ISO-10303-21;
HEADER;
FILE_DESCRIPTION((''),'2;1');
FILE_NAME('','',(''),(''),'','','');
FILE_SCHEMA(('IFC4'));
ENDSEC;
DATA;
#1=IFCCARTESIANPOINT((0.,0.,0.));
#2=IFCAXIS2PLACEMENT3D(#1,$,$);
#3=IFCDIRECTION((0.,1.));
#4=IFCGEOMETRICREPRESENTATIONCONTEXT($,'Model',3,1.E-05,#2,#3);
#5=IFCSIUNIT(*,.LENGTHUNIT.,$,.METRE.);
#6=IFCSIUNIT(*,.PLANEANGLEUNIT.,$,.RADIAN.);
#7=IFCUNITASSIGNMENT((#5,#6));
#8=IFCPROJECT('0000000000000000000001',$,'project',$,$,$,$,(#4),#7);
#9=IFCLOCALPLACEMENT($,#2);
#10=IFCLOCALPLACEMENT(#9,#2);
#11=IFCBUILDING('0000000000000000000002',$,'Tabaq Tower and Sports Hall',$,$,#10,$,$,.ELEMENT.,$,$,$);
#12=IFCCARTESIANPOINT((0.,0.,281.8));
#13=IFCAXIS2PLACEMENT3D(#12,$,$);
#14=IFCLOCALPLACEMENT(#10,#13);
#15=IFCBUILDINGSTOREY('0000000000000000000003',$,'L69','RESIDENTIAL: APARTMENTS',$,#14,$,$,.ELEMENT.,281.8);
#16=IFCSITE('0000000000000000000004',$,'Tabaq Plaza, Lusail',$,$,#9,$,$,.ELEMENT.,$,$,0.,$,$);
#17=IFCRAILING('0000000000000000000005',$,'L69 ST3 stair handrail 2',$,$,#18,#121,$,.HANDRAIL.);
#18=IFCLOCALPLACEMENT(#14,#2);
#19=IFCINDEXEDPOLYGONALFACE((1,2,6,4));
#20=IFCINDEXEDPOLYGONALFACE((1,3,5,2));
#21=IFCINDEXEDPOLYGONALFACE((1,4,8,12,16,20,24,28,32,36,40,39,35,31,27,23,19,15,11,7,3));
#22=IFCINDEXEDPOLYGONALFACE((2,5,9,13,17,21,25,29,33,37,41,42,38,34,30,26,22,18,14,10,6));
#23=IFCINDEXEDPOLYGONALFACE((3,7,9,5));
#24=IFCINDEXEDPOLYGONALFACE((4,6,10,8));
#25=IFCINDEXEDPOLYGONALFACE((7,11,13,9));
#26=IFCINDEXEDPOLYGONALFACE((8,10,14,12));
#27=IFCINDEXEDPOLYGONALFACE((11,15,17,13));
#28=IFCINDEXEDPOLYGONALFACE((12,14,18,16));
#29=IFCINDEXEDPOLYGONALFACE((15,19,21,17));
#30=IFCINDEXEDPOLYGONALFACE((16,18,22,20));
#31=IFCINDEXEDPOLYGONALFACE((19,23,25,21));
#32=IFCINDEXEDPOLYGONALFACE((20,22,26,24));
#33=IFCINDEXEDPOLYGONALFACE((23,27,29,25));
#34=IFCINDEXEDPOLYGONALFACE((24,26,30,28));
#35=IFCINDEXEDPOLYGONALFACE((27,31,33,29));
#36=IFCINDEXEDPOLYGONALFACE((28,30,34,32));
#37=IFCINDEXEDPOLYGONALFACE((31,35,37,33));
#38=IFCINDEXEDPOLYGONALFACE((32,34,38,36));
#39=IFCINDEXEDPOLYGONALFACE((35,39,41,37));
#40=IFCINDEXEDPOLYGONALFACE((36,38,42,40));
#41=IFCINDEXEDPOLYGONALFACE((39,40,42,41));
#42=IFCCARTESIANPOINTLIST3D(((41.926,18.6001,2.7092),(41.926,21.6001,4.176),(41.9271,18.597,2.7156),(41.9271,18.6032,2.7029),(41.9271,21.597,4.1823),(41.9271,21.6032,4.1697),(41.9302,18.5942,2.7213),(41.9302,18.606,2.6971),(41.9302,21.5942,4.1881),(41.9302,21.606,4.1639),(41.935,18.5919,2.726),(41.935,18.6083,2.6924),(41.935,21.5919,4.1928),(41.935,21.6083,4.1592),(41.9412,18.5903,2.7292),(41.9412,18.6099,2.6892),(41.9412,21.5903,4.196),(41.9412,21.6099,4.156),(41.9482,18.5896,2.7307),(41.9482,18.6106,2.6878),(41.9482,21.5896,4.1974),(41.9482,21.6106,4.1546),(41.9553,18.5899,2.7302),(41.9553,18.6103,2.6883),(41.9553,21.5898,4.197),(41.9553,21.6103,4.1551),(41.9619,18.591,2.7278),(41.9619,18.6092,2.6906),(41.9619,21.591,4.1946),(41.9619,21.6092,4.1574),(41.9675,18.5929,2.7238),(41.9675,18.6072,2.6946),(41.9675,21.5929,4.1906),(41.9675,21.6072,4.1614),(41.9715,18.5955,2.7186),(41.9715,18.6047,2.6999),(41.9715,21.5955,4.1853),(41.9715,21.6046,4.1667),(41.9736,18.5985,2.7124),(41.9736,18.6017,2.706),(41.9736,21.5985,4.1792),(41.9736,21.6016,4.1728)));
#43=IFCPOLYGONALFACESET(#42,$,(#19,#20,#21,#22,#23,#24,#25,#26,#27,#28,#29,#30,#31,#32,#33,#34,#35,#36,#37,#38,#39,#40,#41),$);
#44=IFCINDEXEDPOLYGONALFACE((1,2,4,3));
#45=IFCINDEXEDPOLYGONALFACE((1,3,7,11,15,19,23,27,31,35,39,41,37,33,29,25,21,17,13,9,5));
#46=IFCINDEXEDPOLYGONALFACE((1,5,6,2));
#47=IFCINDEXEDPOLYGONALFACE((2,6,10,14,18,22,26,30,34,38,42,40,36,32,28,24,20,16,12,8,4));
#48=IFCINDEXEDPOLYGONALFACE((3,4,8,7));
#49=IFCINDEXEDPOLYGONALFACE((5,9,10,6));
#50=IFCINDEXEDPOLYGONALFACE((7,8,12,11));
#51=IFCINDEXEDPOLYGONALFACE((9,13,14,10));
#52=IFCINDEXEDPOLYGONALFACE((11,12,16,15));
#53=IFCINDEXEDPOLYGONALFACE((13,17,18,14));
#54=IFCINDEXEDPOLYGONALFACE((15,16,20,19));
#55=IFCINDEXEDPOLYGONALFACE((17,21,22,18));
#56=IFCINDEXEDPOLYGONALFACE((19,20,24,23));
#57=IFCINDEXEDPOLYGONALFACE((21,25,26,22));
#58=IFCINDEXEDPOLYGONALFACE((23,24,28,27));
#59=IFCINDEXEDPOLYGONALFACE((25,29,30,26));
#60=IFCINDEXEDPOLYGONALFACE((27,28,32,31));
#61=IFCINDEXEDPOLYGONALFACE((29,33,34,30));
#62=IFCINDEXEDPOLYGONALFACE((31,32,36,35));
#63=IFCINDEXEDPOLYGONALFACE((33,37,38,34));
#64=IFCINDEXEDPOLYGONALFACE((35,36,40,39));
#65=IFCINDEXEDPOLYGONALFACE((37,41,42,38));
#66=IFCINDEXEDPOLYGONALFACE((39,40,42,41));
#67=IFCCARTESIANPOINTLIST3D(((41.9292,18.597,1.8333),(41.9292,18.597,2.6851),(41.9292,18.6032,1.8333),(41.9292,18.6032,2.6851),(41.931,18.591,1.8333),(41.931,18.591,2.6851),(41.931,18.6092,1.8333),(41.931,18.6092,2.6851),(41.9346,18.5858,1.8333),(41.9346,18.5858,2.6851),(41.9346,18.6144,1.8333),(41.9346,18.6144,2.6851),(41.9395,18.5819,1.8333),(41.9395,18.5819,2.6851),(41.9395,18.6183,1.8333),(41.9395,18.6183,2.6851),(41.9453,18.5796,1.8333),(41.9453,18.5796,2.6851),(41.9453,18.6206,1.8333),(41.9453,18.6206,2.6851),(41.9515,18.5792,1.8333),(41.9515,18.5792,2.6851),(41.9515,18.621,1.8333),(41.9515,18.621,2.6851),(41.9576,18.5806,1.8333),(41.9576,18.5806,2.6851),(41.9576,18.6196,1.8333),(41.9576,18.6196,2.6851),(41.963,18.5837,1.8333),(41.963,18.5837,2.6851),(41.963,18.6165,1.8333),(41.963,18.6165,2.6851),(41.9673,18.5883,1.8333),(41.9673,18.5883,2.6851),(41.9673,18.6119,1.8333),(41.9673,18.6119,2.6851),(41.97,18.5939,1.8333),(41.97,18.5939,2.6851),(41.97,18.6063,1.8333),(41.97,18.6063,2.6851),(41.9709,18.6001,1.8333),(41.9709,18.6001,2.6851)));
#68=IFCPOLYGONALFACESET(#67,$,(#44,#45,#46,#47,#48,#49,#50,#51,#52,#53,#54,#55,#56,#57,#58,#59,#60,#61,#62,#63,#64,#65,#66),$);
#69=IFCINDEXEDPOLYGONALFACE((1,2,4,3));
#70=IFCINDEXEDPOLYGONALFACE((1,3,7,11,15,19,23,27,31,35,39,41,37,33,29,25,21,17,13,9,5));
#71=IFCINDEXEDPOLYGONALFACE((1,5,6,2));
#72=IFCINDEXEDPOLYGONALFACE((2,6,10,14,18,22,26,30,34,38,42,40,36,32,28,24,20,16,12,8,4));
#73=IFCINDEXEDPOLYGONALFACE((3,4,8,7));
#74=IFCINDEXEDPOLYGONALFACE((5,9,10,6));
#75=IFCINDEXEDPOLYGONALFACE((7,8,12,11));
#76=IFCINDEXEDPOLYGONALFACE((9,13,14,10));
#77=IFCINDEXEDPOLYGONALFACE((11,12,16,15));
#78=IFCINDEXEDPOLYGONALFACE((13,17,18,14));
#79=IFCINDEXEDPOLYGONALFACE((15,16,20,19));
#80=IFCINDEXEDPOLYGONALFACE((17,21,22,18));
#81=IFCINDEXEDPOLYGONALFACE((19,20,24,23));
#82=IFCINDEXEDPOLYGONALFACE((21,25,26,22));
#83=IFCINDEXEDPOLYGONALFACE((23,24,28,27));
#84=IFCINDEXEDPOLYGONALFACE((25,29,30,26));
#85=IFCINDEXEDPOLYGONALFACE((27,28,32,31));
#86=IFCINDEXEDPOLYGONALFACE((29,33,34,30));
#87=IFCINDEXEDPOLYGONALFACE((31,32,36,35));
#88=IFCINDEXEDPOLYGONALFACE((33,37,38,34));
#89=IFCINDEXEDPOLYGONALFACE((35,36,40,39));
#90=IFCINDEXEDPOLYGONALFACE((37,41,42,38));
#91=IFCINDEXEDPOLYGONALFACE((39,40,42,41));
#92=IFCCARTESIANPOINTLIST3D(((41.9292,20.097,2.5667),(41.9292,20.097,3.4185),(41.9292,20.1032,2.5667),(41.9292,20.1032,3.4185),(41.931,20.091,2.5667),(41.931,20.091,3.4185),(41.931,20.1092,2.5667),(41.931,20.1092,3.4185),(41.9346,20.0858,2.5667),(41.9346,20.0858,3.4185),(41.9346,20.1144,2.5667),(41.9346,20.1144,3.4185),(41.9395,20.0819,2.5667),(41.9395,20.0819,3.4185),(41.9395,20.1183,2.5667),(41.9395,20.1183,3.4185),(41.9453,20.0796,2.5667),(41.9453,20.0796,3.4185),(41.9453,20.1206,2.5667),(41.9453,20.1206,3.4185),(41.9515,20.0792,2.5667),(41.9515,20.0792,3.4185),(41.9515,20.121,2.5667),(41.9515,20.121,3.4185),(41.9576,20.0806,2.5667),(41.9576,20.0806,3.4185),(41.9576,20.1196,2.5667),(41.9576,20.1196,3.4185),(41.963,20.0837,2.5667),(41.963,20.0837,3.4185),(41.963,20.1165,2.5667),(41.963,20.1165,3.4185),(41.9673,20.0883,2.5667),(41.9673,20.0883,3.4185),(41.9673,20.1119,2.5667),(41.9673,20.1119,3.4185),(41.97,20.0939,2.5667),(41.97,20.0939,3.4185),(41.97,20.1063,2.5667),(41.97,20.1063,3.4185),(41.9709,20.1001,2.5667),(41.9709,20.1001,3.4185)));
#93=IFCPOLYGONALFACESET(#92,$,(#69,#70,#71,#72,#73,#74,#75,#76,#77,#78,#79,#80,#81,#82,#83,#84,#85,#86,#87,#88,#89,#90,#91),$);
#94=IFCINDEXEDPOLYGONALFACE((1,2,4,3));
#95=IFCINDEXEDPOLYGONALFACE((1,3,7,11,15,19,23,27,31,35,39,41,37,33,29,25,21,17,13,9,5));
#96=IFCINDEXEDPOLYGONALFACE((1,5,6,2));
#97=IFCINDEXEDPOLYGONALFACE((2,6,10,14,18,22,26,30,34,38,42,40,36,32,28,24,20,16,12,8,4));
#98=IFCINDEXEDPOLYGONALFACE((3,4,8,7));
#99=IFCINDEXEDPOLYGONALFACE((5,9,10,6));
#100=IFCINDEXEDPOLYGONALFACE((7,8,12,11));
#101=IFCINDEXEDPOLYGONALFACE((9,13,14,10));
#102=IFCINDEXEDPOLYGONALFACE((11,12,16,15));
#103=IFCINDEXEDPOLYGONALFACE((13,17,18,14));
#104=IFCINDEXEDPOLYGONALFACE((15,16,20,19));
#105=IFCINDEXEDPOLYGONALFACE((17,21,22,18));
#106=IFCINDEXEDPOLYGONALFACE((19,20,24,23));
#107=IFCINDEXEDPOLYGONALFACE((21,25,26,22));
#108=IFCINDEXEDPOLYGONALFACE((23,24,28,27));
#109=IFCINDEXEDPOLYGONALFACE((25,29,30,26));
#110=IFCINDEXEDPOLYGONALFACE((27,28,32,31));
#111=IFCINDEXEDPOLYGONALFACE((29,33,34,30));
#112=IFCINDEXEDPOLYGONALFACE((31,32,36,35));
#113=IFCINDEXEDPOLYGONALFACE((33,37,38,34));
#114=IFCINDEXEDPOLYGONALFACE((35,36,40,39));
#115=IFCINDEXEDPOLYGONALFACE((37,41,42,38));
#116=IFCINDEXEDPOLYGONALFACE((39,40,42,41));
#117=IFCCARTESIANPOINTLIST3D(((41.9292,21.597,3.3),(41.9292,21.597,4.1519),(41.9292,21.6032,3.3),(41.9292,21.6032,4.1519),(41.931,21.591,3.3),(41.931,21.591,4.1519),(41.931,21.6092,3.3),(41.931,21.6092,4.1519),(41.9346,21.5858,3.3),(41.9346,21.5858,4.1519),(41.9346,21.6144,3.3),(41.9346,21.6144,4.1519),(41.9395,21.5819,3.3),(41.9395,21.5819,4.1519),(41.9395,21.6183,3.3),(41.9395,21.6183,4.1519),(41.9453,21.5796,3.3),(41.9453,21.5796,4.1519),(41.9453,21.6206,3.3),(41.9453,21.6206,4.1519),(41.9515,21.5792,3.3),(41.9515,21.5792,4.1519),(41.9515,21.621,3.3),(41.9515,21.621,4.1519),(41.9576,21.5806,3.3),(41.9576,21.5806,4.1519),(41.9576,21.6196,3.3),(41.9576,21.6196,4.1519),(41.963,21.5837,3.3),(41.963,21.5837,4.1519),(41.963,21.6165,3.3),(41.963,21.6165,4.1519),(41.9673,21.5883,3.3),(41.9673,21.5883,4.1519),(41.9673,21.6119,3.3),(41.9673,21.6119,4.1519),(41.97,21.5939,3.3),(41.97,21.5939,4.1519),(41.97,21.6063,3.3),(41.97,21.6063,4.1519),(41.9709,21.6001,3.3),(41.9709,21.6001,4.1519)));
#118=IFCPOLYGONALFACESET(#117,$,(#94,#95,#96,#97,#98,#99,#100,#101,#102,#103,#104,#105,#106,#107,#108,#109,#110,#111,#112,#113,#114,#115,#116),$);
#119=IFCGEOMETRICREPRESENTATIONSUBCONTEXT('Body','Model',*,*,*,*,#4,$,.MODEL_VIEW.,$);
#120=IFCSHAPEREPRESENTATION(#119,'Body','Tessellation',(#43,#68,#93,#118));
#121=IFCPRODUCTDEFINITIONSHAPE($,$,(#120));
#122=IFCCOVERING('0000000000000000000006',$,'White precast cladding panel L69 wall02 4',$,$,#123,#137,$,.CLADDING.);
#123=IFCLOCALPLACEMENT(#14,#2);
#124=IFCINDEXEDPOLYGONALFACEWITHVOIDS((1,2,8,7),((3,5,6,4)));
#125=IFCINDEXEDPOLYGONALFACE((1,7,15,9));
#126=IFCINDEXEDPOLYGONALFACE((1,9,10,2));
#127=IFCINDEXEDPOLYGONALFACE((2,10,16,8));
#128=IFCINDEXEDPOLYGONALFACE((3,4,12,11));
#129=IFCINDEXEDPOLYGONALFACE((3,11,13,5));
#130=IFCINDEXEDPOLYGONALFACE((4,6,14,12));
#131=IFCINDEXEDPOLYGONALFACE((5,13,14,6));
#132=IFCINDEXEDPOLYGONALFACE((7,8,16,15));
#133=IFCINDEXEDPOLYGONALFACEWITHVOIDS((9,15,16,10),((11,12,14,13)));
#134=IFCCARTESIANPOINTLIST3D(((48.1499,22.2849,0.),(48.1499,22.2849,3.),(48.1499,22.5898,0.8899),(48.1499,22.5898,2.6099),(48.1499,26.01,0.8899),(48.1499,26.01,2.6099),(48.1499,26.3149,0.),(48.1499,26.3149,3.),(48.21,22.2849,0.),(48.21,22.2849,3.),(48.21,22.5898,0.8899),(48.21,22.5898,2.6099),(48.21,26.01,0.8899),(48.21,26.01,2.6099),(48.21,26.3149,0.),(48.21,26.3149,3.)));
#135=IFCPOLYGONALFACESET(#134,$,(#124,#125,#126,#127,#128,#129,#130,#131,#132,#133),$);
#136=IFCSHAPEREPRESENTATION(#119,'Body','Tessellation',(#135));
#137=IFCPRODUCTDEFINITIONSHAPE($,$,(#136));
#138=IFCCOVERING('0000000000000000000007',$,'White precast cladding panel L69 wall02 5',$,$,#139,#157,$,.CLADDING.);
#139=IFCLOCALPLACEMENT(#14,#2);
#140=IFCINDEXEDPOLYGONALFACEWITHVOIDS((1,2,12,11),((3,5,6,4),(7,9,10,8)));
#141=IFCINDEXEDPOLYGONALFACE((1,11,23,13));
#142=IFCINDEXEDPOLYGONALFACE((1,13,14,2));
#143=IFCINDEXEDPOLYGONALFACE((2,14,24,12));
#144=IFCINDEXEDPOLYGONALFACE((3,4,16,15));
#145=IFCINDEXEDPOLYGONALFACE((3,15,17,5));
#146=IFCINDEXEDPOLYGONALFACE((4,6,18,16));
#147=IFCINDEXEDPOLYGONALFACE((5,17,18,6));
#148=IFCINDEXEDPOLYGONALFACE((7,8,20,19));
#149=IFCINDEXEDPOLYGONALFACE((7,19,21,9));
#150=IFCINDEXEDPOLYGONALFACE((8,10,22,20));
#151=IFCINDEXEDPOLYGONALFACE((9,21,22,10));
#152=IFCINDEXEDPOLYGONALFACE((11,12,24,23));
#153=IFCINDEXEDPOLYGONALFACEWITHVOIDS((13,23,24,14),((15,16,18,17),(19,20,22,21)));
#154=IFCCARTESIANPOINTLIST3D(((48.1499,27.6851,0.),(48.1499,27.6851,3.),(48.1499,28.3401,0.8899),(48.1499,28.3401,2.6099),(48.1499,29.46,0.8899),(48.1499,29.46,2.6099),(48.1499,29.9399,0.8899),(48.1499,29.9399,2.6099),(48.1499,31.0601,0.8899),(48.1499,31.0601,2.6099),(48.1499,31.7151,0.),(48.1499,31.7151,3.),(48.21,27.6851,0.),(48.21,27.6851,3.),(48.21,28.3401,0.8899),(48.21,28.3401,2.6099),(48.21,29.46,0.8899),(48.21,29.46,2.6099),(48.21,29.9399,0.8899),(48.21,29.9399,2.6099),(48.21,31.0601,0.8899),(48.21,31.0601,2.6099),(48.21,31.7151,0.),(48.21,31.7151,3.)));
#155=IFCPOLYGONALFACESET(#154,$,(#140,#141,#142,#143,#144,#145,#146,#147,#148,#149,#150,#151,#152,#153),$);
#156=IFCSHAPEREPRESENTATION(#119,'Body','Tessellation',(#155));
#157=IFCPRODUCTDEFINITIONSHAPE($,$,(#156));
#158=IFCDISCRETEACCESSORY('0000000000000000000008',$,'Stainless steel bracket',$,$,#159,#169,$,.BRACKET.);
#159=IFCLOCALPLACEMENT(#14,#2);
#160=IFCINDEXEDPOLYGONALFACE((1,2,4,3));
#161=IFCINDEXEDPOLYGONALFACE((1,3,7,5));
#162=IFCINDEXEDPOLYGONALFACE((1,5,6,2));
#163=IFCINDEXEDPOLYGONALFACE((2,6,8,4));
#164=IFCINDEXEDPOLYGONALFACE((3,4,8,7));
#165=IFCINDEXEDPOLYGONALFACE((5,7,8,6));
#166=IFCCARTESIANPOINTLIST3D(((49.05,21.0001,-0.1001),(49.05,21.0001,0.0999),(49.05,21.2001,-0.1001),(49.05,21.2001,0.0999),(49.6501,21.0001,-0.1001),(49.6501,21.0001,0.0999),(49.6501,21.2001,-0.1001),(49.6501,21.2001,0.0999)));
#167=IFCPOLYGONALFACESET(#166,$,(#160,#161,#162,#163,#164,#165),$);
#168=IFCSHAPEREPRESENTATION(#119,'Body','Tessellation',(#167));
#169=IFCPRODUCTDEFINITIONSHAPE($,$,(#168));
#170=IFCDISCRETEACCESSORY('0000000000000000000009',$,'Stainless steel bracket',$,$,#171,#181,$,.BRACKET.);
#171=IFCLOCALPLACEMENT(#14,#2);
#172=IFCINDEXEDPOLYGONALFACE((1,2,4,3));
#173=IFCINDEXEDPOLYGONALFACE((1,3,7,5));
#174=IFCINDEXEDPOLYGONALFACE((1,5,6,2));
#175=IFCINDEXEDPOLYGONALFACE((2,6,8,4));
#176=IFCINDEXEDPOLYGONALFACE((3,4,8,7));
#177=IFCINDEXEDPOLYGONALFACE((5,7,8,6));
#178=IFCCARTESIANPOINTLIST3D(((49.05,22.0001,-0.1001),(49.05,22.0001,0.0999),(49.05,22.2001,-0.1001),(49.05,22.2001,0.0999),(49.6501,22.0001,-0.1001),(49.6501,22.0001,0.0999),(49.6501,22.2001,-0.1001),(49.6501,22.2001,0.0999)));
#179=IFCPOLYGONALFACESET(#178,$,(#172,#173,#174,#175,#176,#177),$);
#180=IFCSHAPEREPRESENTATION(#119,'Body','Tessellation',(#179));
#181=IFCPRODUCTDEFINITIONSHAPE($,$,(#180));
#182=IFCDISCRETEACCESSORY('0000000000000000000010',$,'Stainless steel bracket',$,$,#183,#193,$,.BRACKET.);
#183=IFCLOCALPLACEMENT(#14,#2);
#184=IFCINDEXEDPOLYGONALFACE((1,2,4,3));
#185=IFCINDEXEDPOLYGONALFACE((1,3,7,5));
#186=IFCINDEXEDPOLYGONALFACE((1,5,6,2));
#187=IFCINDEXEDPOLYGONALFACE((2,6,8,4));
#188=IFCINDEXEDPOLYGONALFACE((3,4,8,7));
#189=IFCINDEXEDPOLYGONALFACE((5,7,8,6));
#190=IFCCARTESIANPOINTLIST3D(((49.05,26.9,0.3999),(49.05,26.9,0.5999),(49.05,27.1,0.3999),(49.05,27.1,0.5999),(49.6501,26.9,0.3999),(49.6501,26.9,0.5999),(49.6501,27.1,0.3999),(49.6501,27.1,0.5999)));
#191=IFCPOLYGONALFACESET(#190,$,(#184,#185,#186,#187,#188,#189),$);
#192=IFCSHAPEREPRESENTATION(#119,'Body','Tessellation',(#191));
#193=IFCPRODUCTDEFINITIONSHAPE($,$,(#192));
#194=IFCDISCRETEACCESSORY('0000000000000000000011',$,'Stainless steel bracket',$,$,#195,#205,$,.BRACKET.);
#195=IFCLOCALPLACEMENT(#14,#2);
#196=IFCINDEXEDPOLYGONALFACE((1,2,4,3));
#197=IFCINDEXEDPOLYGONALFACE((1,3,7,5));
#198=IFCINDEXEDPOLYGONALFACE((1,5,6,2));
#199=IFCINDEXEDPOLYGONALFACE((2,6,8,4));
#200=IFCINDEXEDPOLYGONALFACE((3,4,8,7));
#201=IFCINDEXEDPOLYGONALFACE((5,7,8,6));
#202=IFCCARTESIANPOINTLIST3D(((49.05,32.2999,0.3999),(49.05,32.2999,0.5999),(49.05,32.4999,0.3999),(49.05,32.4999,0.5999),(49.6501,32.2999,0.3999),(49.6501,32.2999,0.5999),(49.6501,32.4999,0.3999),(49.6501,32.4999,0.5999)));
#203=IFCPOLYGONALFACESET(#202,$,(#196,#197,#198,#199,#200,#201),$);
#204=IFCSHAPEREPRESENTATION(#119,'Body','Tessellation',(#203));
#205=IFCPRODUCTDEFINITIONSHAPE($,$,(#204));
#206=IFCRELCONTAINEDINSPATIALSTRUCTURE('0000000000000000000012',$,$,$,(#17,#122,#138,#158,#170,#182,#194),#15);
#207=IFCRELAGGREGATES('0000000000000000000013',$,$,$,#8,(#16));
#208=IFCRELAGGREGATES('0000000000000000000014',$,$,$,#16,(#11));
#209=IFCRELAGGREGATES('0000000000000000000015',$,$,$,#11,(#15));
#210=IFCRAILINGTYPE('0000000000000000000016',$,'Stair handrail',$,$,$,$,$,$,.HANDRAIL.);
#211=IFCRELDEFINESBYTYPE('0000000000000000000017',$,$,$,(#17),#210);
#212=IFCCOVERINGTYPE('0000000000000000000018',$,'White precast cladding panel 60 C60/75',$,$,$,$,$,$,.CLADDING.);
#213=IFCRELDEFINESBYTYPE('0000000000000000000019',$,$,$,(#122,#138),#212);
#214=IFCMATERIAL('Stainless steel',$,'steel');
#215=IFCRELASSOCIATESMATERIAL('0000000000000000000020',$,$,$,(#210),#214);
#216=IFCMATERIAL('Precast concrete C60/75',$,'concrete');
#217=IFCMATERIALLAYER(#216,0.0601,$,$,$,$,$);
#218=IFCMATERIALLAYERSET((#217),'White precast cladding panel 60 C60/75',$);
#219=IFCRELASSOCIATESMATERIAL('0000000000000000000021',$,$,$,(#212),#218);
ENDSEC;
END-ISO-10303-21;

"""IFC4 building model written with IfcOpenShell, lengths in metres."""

from ifc_helpers import new_model, si_unit, direction, frame, origin, origin_2d, place, context, subcontext, project, spatial, polyline, rectangle, circle, outline, extrude, material, layer, layer_set, type_object, element, save


model = new_model("IFC4")

# Units and contexts
model_context = context("Model", 3, precision=1e-05, world=origin(), true_north=direction((0.0, 1.0)))
body_context = subcontext(model_context, "Body", "Model", "MODEL_VIEW")
ifc_project = project(units=[si_unit("LENGTHUNIT", "METRE"), si_unit("PLANEANGLEUNIT", "RADIAN")], contexts=[model_context])

# Site, building, storey
site_placement = place(None, origin())
site = spatial("IfcSite", under=ifc_project, at=site_placement, Name="Tabaq Plaza, Lusail", CompositionType="ELEMENT", RefElevation=0.0)
building_placement = place(site_placement, origin())
building = spatial("IfcBuilding", under=site, at=building_placement, Name="Tabaq Tower and Sports Hall", CompositionType="ELEMENT")
storey_placement = place(building_placement, frame((0.0, 0.0, 281.8)))
storey = spatial("IfcBuildingStorey", under=building, at=storey_placement, Name="L69", Description="RESIDENTIAL: APARTMENTS", CompositionType="ELEMENT", Elevation=281.8)

# Railing
ifc_material_1 = material(Name="Stainless steel", Category="steel")
railing_type_1 = type_object("IfcRailingType", Name="Stair handrail", PredefinedType="HANDRAIL", material=ifc_material_1)
railing_1_placement = place(storey_placement, frame((41.95, 18.6001, 1.8333)))
element("IfcRailing", 1, at=railing_1_placement, inside=storey, type_object=railing_type_1, Name="L69 ST3 stair handrail 2", PredefinedType="HANDRAIL", context=body_context, shape_type="SweptSolid", body=[
    extrude(circle(Radius=0.0239, at=origin_2d()), frame((0.0, 0.0, 0.876), z_axis=(0.0, 0.898369, 0.439242), x_axis=(-1.0, 0.0, 0.0)), (0.0, 0.0, 1.0), 3.3394),
    extrude(circle(Radius=0.021, at=origin_2d()), origin(), (0.0, 0.0, 1.0), 0.8518),
    extrude(circle(Radius=0.021, at=origin_2d()), frame((0.0, 1.5, 0.7334)), (0.0, 0.0, 1.0), 0.8518),
    extrude(circle(Radius=0.021, at=origin_2d()), frame((0.0, 3.0, 1.4668)), (0.0, 0.0, 1.0), 0.8518),
])

# Coverings
ifc_material_2 = material(Name="Precast concrete C60/75", Category="concrete")
ifc_layer_1 = layer(ifc_material_2, 0.0601)
ifc_layer_set_1 = layer_set([ifc_layer_1], Name="White precast cladding panel 60 C60/75")
covering_type_1 = type_object("IfcCoveringType", Name="White precast cladding panel 60 C60/75", PredefinedType="CLADDING", material=ifc_layer_set_1)
covering_1_placement = place(storey_placement, frame((48.1799, 22.2849, 0.0), z_axis=(0.0, 0.0, 1.0), x_axis=(0.0, 1.0, 0.0)))
element("IfcCovering", 2, at=covering_1_placement, inside=storey, type_object=covering_type_1, Name="White precast cladding panel L69 wall02 4", PredefinedType="CLADDING", context=body_context, shape_type="SweptSolid", body=[
    extrude(outline(polyline([(0.0, 0.0), (4.03, 0.0), (4.03, 3.0), (0.0, 3.0), (0.0, 0.0)]), holes=[polyline([(0.3049, 0.8899), (0.3049, 2.6099), (3.7251, 2.6099), (3.7251, 0.8899), (0.3049, 0.8899)])]), frame((0.0, 0.03, 0.0), z_axis=(0.0, -1.0, 0.0), x_axis=(1.0, 0.0, 0.0)), (0.0, 0.0, 1.0), 0.0601),
])
covering_2_placement = place(storey_placement, frame((48.1799, 27.6851, 0.0), z_axis=(0.0, 0.0, 1.0), x_axis=(0.0, 1.0, 0.0)))
element("IfcCovering", 3, at=covering_2_placement, inside=storey, type_object=covering_type_1, Name="White precast cladding panel L69 wall02 5", PredefinedType="CLADDING", context=body_context, shape_type="SweptSolid", body=[
    extrude(outline(polyline([(0.0, 0.0), (4.03, 0.0), (4.03, 3.0), (0.0, 3.0), (0.0, 0.0)]), holes=[polyline([(0.655, 2.6099), (1.7749, 2.6099), (1.7749, 0.8899), (0.655, 0.8899), (0.655, 2.6099)]), polyline([(2.2549, 2.6099), (3.375, 2.6099), (3.375, 0.8899), (2.2549, 0.8899), (2.2549, 2.6099)])]), frame((0.0, 0.03, 0.0), z_axis=(0.0, -1.0, 0.0), x_axis=(1.0, 0.0, 0.0)), (0.0, 0.0, 1.0), 0.0601),
])

# Discrete accessories
for number, where, z_axis, x_axis, name in (
    (4, (49.3501, 21.1001, -0.1001), (0.0, 0.0, 1.0), (1.0, 0.0, 0.0), "Stainless steel bracket"),
    (5, (49.3501, 22.1001, -0.1001), (0.0, 0.0, 1.0), (1.0, 0.0, 0.0), "Stainless steel bracket"),
    (6, (49.3501, 27.0, 0.3999), (0.0, 0.0, 1.0), (1.0, 0.0, 0.0), "Stainless steel bracket"),
    (7, (49.3501, 32.3999, 0.3999), (0.0, 0.0, 1.0), (1.0, 0.0, 0.0), "Stainless steel bracket"),
):
    element("IfcDiscreteAccessory", number, at=place(storey_placement, frame(where, z_axis=z_axis, x_axis=x_axis)), inside=storey, Name=name, PredefinedType="BRACKET", context=body_context, shape_type="SweptSolid", body=[
        extrude(rectangle(XDim=0.6001, YDim=0.2, at=origin_2d()), origin(), (0.0, 0.0, 1.0), 0.2),
    ])

save(model, "model.ifc")
